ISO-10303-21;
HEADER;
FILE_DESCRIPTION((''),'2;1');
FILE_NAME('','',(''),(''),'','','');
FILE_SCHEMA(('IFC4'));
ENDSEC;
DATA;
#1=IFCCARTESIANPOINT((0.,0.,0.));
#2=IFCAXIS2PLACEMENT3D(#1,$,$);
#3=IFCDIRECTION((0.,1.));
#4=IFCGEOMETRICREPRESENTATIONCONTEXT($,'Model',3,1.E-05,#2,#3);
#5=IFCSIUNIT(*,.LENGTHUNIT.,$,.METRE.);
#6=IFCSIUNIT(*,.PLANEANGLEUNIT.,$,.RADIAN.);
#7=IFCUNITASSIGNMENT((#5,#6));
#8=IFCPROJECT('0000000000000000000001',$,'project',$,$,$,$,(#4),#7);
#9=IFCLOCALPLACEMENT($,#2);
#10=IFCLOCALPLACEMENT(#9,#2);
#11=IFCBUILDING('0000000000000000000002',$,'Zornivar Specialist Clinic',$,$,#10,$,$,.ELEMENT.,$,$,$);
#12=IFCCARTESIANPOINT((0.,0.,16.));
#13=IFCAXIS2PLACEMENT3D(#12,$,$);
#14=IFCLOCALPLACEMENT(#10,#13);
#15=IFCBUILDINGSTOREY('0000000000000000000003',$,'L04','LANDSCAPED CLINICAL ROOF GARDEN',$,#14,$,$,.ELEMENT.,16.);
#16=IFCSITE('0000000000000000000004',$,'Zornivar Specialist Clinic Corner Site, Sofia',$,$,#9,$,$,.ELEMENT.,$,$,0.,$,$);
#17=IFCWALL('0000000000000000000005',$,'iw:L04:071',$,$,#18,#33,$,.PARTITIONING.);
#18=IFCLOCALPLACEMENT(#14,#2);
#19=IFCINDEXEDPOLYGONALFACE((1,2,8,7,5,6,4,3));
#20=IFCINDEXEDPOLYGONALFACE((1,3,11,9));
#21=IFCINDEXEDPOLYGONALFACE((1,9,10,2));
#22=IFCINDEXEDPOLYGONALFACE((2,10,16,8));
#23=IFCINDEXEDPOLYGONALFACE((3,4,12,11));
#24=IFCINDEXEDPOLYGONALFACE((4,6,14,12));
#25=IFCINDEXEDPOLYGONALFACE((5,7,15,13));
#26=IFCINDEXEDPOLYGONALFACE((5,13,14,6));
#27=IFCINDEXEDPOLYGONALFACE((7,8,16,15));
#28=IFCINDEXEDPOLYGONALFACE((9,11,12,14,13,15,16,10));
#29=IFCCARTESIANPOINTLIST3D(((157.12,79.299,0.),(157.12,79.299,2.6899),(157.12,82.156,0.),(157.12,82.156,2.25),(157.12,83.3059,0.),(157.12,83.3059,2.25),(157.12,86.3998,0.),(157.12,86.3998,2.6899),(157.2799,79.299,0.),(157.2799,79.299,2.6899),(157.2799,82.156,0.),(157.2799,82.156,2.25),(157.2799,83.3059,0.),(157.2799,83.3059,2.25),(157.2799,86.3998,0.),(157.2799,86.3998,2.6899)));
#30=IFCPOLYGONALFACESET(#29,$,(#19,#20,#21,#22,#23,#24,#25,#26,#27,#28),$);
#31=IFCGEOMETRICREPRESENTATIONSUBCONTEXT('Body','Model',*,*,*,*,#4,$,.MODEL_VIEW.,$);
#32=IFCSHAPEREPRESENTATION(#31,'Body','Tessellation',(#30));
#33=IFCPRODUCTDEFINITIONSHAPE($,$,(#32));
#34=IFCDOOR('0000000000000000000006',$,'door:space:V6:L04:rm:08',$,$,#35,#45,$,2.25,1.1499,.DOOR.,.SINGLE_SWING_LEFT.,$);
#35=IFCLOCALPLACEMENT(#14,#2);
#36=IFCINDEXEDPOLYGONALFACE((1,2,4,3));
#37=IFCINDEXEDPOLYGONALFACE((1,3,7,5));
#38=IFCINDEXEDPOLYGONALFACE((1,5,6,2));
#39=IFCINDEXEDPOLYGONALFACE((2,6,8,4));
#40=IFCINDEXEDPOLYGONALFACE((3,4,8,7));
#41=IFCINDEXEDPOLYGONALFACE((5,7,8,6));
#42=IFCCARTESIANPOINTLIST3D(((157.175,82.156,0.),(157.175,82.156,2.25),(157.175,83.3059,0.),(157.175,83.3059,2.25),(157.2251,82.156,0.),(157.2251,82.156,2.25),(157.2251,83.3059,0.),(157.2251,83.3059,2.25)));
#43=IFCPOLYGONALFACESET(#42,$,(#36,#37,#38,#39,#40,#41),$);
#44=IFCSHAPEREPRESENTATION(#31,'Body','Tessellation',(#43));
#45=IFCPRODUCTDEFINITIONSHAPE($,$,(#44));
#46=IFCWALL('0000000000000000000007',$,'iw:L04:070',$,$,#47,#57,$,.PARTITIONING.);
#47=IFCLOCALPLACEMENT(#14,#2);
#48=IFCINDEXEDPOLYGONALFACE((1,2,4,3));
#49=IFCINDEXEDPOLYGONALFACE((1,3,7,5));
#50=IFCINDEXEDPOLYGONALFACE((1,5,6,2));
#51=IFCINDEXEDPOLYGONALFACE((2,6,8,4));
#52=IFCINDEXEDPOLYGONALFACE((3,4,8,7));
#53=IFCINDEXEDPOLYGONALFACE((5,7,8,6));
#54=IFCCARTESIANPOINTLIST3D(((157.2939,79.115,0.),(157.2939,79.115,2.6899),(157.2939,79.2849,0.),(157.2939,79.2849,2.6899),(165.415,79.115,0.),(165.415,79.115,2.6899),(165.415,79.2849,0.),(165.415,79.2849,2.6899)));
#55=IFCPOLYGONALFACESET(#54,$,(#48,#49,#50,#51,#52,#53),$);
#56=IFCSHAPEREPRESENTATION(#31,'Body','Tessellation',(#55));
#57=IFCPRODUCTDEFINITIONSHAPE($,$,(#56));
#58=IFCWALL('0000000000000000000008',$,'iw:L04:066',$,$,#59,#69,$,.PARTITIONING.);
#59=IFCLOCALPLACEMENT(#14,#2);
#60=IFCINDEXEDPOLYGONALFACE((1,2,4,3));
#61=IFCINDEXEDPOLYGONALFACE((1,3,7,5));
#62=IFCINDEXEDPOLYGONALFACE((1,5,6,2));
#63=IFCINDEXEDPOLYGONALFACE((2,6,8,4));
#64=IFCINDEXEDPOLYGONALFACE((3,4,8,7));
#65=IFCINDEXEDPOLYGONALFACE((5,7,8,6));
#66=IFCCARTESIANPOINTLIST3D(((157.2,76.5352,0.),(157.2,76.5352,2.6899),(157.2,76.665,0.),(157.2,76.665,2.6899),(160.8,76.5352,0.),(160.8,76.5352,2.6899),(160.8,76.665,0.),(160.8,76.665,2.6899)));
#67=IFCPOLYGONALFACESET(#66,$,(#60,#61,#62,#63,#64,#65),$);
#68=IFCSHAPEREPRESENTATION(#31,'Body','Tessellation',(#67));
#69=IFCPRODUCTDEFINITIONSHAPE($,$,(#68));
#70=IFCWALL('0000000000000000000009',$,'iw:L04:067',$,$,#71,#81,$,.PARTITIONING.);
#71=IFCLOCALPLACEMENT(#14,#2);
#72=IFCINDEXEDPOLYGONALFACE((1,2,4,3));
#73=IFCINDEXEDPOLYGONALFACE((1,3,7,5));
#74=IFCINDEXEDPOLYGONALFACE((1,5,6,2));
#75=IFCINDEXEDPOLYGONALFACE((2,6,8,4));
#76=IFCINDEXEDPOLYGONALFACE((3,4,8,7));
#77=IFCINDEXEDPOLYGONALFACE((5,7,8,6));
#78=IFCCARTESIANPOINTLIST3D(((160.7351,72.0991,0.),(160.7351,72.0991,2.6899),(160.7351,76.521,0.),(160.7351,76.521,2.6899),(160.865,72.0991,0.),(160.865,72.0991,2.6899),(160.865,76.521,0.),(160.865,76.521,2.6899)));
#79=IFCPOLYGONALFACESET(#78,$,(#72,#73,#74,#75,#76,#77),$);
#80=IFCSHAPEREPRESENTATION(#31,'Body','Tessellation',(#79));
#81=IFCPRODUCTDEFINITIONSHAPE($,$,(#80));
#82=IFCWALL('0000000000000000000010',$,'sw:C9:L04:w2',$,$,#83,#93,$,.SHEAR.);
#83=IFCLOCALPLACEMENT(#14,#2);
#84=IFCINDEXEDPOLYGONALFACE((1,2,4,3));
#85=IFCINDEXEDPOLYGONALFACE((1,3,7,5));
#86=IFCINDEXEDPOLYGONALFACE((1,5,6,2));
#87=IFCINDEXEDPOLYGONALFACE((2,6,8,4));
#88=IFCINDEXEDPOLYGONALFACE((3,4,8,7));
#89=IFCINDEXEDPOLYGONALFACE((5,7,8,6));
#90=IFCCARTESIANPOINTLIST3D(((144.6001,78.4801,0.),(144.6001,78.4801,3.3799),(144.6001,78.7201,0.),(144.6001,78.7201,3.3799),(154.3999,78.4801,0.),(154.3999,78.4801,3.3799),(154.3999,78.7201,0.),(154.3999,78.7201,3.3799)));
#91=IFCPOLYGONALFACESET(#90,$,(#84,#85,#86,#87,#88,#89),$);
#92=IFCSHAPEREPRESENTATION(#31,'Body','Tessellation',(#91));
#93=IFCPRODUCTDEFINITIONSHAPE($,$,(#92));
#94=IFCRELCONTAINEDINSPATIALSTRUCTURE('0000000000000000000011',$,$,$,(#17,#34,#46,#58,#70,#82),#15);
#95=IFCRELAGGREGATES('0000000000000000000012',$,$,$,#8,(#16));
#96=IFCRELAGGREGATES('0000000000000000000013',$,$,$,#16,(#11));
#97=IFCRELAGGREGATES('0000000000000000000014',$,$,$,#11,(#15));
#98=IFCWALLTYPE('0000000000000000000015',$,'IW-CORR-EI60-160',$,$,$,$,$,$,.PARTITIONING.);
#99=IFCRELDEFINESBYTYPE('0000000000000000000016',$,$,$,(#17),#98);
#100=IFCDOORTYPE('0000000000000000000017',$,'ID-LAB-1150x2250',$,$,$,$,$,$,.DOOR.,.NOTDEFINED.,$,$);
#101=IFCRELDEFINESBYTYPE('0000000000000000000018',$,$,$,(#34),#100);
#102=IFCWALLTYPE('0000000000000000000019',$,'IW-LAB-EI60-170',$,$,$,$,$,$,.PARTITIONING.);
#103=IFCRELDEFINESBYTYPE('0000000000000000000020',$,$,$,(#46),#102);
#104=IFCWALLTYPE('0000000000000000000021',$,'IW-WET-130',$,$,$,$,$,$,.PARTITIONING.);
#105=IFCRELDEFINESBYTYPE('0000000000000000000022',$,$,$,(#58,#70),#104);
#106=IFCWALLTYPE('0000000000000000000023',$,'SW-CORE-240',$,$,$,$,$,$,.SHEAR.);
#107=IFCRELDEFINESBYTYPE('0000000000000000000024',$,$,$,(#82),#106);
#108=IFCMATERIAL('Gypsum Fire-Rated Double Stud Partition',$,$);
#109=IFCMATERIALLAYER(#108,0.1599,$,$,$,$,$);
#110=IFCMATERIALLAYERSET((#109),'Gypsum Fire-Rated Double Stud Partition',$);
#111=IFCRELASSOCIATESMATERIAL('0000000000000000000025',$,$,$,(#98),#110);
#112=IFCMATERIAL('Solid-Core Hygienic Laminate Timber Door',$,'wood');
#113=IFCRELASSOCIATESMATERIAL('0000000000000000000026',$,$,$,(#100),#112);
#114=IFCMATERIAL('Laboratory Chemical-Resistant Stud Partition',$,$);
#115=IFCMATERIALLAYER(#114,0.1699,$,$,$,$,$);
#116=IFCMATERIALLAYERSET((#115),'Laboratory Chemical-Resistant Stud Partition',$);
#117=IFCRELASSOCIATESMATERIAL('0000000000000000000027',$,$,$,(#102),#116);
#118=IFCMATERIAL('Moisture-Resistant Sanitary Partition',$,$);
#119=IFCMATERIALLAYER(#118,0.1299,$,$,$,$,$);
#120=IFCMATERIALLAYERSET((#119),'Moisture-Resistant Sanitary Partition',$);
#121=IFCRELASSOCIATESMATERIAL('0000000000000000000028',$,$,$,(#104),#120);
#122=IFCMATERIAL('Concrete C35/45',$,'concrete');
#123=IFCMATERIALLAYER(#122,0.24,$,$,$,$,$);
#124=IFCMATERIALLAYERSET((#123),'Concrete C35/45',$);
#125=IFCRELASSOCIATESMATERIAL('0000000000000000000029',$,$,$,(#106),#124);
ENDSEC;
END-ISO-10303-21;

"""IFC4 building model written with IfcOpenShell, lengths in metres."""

from ifc_helpers import new_model, si_unit, direction, frame, frame_2d, origin, place, context, subcontext, project, spatial, rectangle, extrude, material, layer, layer_set, type_object, element, fill, save


model = new_model("IFC4")

# Units and contexts
model_context = context("Model", 3, precision=1e-05, world=origin(), true_north=direction((0.0, 1.0)))
body_context = subcontext(model_context, "Body", "Model", "MODEL_VIEW")
ifc_project = project(units=[si_unit("LENGTHUNIT", "METRE"), si_unit("PLANEANGLEUNIT", "RADIAN")], contexts=[model_context])

# Site, building, storey
site_placement = place(None, origin())
site = spatial("IfcSite", under=ifc_project, at=site_placement, Name="Zornivar Specialist Clinic Corner Site, Sofia", CompositionType="ELEMENT", RefElevation=0.0)
building_placement = place(site_placement, origin())
building = spatial("IfcBuilding", under=site, at=building_placement, Name="Zornivar Specialist Clinic", CompositionType="ELEMENT")
storey_placement = place(building_placement, frame((0.0, 0.0, 16.0)))
storey = spatial("IfcBuildingStorey", under=building, at=storey_placement, Name="L04", Description="LANDSCAPED CLINICAL ROOF GARDEN", CompositionType="ELEMENT", Elevation=16.0)

# Wall, opening, door
ifc_material_1 = material(Name="Gypsum Fire-Rated Double Stud Partition")
ifc_layer_1 = layer(ifc_material_1, 0.1599)
ifc_layer_set_1 = layer_set([ifc_layer_1], Name="Gypsum Fire-Rated Double Stud Partition")
wall_type_1 = type_object("IfcWallType", Name="IW-CORR-EI60-160", PredefinedType="PARTITIONING", material=ifc_layer_set_1)
ifc_material_2 = material(Name="Solid-Core Hygienic Laminate Timber Door", Category="wood")
door_type_1 = type_object("IfcDoorType", Name="ID-LAB-1150x2250", OperationType="NOTDEFINED", PredefinedType="DOOR", material=ifc_material_2)
wall_1_placement = place(storey_placement, frame((157.2, 79.2991, 0.0), z_axis=(0.0, 0.0, 1.0), x_axis=(0.0, 1.0, 0.0)))
wall_1 = element("IfcWall", 1, at=wall_1_placement, inside=storey, type_object=wall_type_1, Name="iw:L04:071", PredefinedType="PARTITIONING", context=body_context, shape_type="SweptSolid", body=[
    extrude(rectangle(XDim=7.1008, YDim=0.1599, at=frame_2d((3.5503, 0.0))), origin(), (0.0, 0.0, 1.0), 2.6899),
])
opening_1_placement = place(wall_1_placement, frame((2.8569, 0.0, 0.0)))
opening_1 = element("IfcOpeningElement", 2, at=opening_1_placement, cuts=wall_1, PredefinedType="OPENING", context=body_context, shape_type="SweptSolid", body=[
    extrude(rectangle(XDim=1.1499, YDim=2.25, at=frame_2d((0.575, 1.125))), frame((0.0, 0.0898, 0.0), z_axis=(0.0, -1.0, 0.0), x_axis=(1.0, 0.0, 0.0)), (0.0, 0.0, 1.0), 0.1799),
])
door_1_placement = place(opening_1_placement, origin())
door_1 = element("IfcDoor", 3, at=door_1_placement, inside=storey, type_object=door_type_1, Name="door:space:V6:L04:rm:08", OperationType="SINGLE_SWING_LEFT", OverallHeight=2.25, OverallWidth=1.1499, PredefinedType="DOOR", context=body_context, shape_type="SweptSolid", body=[
    extrude(rectangle(XDim=1.1499, YDim=2.25, at=frame_2d((0.575, 1.125))), frame((0.0, 0.0249, 0.0), z_axis=(0.0, -1.0, 0.0), x_axis=(1.0, 0.0, 0.0)), (0.0, 0.0, 1.0), 0.05),
])
fill(opening_1, door_1)

# Walls
ifc_material_3 = material(Name="Laboratory Chemical-Resistant Stud Partition")
ifc_layer_2 = layer(ifc_material_3, 0.1699)
ifc_layer_set_2 = layer_set([ifc_layer_2], Name="Laboratory Chemical-Resistant Stud Partition")
wall_type_2 = type_object("IfcWallType", Name="IW-LAB-EI60-170", PredefinedType="PARTITIONING", material=ifc_layer_set_2)
wall_2_placement = place(storey_placement, frame((157.2939, 79.2, 0.0), z_axis=(0.0, 0.0, 1.0), x_axis=(1.0, 0.0, 0.0)))
element("IfcWall", 4, at=wall_2_placement, inside=storey, type_object=wall_type_2, Name="iw:L04:070", PredefinedType="PARTITIONING", context=body_context, shape_type="SweptSolid", body=[
    extrude(rectangle(XDim=8.1211, YDim=0.1699, at=frame_2d((4.0605, 0.0))), origin(), (0.0, 0.0, 1.0), 2.6899),
])
ifc_material_4 = material(Name="Moisture-Resistant Sanitary Partition")
ifc_layer_3 = layer(ifc_material_4, 0.1299)
ifc_layer_set_3 = layer_set([ifc_layer_3], Name="Moisture-Resistant Sanitary Partition")
wall_type_3 = type_object("IfcWallType", Name="IW-WET-130", PredefinedType="PARTITIONING", material=ifc_layer_set_3)
wall_3_placement = place(storey_placement, frame((157.2, 76.6001, 0.0), z_axis=(0.0, 0.0, 1.0), x_axis=(1.0, 0.0, 0.0)))
element("IfcWall", 5, at=wall_3_placement, inside=storey, type_object=wall_type_3, Name="iw:L04:066", PredefinedType="PARTITIONING", context=body_context, shape_type="SweptSolid", body=[
    extrude(rectangle(XDim=3.6001, YDim=0.1299, at=frame_2d((1.8, 0.0))), origin(), (0.0, 0.0, 1.0), 2.6899),
])
wall_4_placement = place(storey_placement, frame((160.8, 76.521, 0.0), z_axis=(0.0, 0.0, 1.0), x_axis=(0.0, -1.0, 0.0)))
element("IfcWall", 6, at=wall_4_placement, inside=storey, type_object=wall_type_3, Name="iw:L04:067", PredefinedType="PARTITIONING", context=body_context, shape_type="SweptSolid", body=[
    extrude(rectangle(XDim=4.4219, YDim=0.1299, at=frame_2d((2.2109, 0.0))), origin(), (0.0, 0.0, 1.0), 2.6899),
])
ifc_material_5 = material(Name="Concrete C35/45", Category="concrete")
ifc_layer_4 = layer(ifc_material_5, 0.24)
ifc_layer_set_4 = layer_set([ifc_layer_4], Name="Concrete C35/45")
wall_type_4 = type_object("IfcWallType", Name="SW-CORE-240", PredefinedType="SHEAR", material=ifc_layer_set_4)
wall_5_placement = place(storey_placement, frame((154.3999, 78.6001, 0.0), z_axis=(0.0, 0.0, 1.0), x_axis=(-1.0, 0.0, 0.0)))
element("IfcWall", 7, at=wall_5_placement, inside=storey, type_object=wall_type_4, Name="sw:C9:L04:w2", PredefinedType="SHEAR", context=body_context, shape_type="SweptSolid", body=[
    extrude(rectangle(XDim=9.7998, YDim=0.24, at=frame_2d((4.8999, 0.0))), origin(), (0.0, 0.0, 1.0), 3.3799),
])

save(model, "model.ifc")
